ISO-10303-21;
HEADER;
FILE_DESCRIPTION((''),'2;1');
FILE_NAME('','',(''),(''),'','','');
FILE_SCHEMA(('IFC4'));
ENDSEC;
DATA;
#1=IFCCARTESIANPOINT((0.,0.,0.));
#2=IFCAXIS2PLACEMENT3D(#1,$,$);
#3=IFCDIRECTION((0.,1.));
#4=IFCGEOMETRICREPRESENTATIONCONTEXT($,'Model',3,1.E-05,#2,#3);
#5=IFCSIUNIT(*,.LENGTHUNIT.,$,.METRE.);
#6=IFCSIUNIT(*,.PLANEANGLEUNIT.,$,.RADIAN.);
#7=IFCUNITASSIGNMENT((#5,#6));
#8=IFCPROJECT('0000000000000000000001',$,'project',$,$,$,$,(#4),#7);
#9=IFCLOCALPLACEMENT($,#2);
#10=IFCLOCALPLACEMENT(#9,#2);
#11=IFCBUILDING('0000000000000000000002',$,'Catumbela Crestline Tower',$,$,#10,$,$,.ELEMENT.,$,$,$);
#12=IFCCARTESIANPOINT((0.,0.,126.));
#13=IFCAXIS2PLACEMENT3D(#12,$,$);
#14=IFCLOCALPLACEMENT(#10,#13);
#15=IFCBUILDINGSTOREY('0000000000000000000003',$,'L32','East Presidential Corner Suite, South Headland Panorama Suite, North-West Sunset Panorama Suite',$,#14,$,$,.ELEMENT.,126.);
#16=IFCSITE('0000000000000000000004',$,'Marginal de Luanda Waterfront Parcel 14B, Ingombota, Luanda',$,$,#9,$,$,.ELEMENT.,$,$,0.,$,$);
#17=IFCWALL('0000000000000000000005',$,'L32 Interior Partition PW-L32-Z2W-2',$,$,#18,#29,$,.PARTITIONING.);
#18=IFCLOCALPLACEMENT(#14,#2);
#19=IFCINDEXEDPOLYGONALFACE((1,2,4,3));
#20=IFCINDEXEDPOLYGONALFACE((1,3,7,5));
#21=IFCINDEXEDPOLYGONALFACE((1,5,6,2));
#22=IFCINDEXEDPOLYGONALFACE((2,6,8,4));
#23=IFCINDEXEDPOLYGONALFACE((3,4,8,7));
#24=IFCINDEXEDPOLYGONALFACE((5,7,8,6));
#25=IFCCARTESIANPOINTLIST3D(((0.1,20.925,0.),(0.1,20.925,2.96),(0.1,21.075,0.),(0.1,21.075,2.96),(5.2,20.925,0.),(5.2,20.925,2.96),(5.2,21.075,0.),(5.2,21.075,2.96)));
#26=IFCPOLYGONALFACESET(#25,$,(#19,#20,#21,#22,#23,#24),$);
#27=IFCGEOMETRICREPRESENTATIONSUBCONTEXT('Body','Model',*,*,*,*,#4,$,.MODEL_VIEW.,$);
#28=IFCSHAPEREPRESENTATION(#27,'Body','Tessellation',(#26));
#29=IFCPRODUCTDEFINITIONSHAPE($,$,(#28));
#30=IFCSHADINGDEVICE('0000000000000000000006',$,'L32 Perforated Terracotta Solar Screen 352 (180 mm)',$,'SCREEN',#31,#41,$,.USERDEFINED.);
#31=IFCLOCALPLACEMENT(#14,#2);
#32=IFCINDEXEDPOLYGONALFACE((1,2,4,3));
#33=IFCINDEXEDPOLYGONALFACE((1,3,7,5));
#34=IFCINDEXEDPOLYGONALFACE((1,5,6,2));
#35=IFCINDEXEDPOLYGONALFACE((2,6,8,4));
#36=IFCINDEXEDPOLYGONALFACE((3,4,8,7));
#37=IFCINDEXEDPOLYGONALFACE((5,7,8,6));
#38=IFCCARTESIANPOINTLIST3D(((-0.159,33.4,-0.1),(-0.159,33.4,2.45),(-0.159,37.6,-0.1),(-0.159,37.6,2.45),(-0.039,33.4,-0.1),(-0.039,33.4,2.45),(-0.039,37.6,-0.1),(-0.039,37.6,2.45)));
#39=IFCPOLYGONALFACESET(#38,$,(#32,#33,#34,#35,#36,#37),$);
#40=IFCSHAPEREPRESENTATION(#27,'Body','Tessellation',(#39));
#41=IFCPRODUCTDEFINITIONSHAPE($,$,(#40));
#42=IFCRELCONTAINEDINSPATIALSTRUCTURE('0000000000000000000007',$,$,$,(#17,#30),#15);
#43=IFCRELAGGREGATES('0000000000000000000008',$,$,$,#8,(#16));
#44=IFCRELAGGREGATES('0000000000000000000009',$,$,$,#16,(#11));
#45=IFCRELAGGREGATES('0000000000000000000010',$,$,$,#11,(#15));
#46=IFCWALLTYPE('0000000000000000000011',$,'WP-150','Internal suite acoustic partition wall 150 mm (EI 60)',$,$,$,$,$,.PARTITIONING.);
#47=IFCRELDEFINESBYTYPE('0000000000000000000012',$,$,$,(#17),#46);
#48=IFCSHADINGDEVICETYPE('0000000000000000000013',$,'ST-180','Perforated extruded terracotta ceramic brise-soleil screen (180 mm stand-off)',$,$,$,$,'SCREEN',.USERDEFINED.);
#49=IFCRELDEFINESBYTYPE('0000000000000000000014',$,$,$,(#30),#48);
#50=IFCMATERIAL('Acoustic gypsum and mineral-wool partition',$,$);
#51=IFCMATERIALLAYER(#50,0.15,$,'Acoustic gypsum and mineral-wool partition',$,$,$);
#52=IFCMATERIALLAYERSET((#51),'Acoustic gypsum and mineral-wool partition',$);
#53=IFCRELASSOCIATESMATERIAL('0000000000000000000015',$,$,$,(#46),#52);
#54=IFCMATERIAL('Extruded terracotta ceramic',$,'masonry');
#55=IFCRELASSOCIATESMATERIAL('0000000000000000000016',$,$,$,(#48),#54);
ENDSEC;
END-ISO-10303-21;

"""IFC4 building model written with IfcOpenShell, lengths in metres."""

from ifc_helpers import new_model, si_unit, direction, frame, frame_2d, origin, origin_2d, place, context, subcontext, project, spatial, rectangle, extrude, material, layer, layer_set, type_object, element, save


model = new_model("IFC4")

# Units and contexts
model_context = context("Model", 3, precision=1e-05, world=origin(), true_north=direction((0.0, 1.0)))
body_context = subcontext(model_context, "Body", "Model", "MODEL_VIEW")
ifc_project = project(units=[si_unit("LENGTHUNIT", "METRE"), si_unit("PLANEANGLEUNIT", "RADIAN")], contexts=[model_context])

# Site, building, storey
site_placement = place(None, origin())
site = spatial("IfcSite", under=ifc_project, at=site_placement, Name="Marginal de Luanda Waterfront Parcel 14B, Ingombota, Luanda", CompositionType="ELEMENT", RefElevation=0.0)
building_placement = place(site_placement, origin())
building = spatial("IfcBuilding", under=site, at=building_placement, Name="Catumbela Crestline Tower", CompositionType="ELEMENT")
storey_placement = place(building_placement, frame((0.0, 0.0, 126.0)))
storey = spatial("IfcBuildingStorey", under=building, at=storey_placement, Name="L32", Description="East Presidential Corner Suite, South Headland Panorama Suite, North-West Sunset Panorama Suite", CompositionType="ELEMENT", Elevation=126.0)

# Wall
ifc_material_1 = material(Name="Acoustic gypsum and mineral-wool partition")
ifc_layer_1 = layer(ifc_material_1, 0.15, Name="Acoustic gypsum and mineral-wool partition")
ifc_layer_set_1 = layer_set([ifc_layer_1], Name="Acoustic gypsum and mineral-wool partition")
wall_type_1 = type_object("IfcWallType", Name="WP-150", Description="Internal suite acoustic partition wall 150 mm (EI 60)", PredefinedType="PARTITIONING", material=ifc_layer_set_1)
wall_1_placement = place(storey_placement, frame((0.1, 21.0, 0.0), z_axis=(0.0, 0.0, 1.0), x_axis=(1.0, 0.0, 0.0)))
element("IfcWall", 1, at=wall_1_placement, inside=storey, type_object=wall_type_1, Name="L32 Interior Partition PW-L32-Z2W-2", PredefinedType="PARTITIONING", context=body_context, shape_type="SweptSolid", body=[
    extrude(rectangle(XDim=5.1, YDim=0.15, at=frame_2d((2.55, 0.0))), origin(), (0.0, 0.0, 1.0), 2.96),
])

# Shading device
ifc_material_2 = material(Name="Extruded terracotta ceramic", Category="masonry")
shading_device_type = type_object("IfcShadingDeviceType", Name="ST-180", Description="Perforated extruded terracotta ceramic brise-soleil screen (180 mm stand-off)", ElementType="SCREEN", PredefinedType="USERDEFINED", material=ifc_material_2)
shading_device_placement = place(storey_placement, frame((-0.099, 35.5, -0.1), z_axis=(0.0, 0.0, 1.0), x_axis=(0.0, -1.0, 0.0)))
element("IfcShadingDevice", 2, at=shading_device_placement, inside=storey, type_object=shading_device_type, Name="L32 Perforated Terracotta Solar Screen 352 (180 mm)", ObjectType="SCREEN", PredefinedType="USERDEFINED", context=body_context, shape_type="SweptSolid", body=[
    extrude(rectangle(XDim=4.2, YDim=0.12, at=origin_2d()), origin(), (0.0, 0.0, 1.0), 2.55),
])

save(model, "model.ifc")
